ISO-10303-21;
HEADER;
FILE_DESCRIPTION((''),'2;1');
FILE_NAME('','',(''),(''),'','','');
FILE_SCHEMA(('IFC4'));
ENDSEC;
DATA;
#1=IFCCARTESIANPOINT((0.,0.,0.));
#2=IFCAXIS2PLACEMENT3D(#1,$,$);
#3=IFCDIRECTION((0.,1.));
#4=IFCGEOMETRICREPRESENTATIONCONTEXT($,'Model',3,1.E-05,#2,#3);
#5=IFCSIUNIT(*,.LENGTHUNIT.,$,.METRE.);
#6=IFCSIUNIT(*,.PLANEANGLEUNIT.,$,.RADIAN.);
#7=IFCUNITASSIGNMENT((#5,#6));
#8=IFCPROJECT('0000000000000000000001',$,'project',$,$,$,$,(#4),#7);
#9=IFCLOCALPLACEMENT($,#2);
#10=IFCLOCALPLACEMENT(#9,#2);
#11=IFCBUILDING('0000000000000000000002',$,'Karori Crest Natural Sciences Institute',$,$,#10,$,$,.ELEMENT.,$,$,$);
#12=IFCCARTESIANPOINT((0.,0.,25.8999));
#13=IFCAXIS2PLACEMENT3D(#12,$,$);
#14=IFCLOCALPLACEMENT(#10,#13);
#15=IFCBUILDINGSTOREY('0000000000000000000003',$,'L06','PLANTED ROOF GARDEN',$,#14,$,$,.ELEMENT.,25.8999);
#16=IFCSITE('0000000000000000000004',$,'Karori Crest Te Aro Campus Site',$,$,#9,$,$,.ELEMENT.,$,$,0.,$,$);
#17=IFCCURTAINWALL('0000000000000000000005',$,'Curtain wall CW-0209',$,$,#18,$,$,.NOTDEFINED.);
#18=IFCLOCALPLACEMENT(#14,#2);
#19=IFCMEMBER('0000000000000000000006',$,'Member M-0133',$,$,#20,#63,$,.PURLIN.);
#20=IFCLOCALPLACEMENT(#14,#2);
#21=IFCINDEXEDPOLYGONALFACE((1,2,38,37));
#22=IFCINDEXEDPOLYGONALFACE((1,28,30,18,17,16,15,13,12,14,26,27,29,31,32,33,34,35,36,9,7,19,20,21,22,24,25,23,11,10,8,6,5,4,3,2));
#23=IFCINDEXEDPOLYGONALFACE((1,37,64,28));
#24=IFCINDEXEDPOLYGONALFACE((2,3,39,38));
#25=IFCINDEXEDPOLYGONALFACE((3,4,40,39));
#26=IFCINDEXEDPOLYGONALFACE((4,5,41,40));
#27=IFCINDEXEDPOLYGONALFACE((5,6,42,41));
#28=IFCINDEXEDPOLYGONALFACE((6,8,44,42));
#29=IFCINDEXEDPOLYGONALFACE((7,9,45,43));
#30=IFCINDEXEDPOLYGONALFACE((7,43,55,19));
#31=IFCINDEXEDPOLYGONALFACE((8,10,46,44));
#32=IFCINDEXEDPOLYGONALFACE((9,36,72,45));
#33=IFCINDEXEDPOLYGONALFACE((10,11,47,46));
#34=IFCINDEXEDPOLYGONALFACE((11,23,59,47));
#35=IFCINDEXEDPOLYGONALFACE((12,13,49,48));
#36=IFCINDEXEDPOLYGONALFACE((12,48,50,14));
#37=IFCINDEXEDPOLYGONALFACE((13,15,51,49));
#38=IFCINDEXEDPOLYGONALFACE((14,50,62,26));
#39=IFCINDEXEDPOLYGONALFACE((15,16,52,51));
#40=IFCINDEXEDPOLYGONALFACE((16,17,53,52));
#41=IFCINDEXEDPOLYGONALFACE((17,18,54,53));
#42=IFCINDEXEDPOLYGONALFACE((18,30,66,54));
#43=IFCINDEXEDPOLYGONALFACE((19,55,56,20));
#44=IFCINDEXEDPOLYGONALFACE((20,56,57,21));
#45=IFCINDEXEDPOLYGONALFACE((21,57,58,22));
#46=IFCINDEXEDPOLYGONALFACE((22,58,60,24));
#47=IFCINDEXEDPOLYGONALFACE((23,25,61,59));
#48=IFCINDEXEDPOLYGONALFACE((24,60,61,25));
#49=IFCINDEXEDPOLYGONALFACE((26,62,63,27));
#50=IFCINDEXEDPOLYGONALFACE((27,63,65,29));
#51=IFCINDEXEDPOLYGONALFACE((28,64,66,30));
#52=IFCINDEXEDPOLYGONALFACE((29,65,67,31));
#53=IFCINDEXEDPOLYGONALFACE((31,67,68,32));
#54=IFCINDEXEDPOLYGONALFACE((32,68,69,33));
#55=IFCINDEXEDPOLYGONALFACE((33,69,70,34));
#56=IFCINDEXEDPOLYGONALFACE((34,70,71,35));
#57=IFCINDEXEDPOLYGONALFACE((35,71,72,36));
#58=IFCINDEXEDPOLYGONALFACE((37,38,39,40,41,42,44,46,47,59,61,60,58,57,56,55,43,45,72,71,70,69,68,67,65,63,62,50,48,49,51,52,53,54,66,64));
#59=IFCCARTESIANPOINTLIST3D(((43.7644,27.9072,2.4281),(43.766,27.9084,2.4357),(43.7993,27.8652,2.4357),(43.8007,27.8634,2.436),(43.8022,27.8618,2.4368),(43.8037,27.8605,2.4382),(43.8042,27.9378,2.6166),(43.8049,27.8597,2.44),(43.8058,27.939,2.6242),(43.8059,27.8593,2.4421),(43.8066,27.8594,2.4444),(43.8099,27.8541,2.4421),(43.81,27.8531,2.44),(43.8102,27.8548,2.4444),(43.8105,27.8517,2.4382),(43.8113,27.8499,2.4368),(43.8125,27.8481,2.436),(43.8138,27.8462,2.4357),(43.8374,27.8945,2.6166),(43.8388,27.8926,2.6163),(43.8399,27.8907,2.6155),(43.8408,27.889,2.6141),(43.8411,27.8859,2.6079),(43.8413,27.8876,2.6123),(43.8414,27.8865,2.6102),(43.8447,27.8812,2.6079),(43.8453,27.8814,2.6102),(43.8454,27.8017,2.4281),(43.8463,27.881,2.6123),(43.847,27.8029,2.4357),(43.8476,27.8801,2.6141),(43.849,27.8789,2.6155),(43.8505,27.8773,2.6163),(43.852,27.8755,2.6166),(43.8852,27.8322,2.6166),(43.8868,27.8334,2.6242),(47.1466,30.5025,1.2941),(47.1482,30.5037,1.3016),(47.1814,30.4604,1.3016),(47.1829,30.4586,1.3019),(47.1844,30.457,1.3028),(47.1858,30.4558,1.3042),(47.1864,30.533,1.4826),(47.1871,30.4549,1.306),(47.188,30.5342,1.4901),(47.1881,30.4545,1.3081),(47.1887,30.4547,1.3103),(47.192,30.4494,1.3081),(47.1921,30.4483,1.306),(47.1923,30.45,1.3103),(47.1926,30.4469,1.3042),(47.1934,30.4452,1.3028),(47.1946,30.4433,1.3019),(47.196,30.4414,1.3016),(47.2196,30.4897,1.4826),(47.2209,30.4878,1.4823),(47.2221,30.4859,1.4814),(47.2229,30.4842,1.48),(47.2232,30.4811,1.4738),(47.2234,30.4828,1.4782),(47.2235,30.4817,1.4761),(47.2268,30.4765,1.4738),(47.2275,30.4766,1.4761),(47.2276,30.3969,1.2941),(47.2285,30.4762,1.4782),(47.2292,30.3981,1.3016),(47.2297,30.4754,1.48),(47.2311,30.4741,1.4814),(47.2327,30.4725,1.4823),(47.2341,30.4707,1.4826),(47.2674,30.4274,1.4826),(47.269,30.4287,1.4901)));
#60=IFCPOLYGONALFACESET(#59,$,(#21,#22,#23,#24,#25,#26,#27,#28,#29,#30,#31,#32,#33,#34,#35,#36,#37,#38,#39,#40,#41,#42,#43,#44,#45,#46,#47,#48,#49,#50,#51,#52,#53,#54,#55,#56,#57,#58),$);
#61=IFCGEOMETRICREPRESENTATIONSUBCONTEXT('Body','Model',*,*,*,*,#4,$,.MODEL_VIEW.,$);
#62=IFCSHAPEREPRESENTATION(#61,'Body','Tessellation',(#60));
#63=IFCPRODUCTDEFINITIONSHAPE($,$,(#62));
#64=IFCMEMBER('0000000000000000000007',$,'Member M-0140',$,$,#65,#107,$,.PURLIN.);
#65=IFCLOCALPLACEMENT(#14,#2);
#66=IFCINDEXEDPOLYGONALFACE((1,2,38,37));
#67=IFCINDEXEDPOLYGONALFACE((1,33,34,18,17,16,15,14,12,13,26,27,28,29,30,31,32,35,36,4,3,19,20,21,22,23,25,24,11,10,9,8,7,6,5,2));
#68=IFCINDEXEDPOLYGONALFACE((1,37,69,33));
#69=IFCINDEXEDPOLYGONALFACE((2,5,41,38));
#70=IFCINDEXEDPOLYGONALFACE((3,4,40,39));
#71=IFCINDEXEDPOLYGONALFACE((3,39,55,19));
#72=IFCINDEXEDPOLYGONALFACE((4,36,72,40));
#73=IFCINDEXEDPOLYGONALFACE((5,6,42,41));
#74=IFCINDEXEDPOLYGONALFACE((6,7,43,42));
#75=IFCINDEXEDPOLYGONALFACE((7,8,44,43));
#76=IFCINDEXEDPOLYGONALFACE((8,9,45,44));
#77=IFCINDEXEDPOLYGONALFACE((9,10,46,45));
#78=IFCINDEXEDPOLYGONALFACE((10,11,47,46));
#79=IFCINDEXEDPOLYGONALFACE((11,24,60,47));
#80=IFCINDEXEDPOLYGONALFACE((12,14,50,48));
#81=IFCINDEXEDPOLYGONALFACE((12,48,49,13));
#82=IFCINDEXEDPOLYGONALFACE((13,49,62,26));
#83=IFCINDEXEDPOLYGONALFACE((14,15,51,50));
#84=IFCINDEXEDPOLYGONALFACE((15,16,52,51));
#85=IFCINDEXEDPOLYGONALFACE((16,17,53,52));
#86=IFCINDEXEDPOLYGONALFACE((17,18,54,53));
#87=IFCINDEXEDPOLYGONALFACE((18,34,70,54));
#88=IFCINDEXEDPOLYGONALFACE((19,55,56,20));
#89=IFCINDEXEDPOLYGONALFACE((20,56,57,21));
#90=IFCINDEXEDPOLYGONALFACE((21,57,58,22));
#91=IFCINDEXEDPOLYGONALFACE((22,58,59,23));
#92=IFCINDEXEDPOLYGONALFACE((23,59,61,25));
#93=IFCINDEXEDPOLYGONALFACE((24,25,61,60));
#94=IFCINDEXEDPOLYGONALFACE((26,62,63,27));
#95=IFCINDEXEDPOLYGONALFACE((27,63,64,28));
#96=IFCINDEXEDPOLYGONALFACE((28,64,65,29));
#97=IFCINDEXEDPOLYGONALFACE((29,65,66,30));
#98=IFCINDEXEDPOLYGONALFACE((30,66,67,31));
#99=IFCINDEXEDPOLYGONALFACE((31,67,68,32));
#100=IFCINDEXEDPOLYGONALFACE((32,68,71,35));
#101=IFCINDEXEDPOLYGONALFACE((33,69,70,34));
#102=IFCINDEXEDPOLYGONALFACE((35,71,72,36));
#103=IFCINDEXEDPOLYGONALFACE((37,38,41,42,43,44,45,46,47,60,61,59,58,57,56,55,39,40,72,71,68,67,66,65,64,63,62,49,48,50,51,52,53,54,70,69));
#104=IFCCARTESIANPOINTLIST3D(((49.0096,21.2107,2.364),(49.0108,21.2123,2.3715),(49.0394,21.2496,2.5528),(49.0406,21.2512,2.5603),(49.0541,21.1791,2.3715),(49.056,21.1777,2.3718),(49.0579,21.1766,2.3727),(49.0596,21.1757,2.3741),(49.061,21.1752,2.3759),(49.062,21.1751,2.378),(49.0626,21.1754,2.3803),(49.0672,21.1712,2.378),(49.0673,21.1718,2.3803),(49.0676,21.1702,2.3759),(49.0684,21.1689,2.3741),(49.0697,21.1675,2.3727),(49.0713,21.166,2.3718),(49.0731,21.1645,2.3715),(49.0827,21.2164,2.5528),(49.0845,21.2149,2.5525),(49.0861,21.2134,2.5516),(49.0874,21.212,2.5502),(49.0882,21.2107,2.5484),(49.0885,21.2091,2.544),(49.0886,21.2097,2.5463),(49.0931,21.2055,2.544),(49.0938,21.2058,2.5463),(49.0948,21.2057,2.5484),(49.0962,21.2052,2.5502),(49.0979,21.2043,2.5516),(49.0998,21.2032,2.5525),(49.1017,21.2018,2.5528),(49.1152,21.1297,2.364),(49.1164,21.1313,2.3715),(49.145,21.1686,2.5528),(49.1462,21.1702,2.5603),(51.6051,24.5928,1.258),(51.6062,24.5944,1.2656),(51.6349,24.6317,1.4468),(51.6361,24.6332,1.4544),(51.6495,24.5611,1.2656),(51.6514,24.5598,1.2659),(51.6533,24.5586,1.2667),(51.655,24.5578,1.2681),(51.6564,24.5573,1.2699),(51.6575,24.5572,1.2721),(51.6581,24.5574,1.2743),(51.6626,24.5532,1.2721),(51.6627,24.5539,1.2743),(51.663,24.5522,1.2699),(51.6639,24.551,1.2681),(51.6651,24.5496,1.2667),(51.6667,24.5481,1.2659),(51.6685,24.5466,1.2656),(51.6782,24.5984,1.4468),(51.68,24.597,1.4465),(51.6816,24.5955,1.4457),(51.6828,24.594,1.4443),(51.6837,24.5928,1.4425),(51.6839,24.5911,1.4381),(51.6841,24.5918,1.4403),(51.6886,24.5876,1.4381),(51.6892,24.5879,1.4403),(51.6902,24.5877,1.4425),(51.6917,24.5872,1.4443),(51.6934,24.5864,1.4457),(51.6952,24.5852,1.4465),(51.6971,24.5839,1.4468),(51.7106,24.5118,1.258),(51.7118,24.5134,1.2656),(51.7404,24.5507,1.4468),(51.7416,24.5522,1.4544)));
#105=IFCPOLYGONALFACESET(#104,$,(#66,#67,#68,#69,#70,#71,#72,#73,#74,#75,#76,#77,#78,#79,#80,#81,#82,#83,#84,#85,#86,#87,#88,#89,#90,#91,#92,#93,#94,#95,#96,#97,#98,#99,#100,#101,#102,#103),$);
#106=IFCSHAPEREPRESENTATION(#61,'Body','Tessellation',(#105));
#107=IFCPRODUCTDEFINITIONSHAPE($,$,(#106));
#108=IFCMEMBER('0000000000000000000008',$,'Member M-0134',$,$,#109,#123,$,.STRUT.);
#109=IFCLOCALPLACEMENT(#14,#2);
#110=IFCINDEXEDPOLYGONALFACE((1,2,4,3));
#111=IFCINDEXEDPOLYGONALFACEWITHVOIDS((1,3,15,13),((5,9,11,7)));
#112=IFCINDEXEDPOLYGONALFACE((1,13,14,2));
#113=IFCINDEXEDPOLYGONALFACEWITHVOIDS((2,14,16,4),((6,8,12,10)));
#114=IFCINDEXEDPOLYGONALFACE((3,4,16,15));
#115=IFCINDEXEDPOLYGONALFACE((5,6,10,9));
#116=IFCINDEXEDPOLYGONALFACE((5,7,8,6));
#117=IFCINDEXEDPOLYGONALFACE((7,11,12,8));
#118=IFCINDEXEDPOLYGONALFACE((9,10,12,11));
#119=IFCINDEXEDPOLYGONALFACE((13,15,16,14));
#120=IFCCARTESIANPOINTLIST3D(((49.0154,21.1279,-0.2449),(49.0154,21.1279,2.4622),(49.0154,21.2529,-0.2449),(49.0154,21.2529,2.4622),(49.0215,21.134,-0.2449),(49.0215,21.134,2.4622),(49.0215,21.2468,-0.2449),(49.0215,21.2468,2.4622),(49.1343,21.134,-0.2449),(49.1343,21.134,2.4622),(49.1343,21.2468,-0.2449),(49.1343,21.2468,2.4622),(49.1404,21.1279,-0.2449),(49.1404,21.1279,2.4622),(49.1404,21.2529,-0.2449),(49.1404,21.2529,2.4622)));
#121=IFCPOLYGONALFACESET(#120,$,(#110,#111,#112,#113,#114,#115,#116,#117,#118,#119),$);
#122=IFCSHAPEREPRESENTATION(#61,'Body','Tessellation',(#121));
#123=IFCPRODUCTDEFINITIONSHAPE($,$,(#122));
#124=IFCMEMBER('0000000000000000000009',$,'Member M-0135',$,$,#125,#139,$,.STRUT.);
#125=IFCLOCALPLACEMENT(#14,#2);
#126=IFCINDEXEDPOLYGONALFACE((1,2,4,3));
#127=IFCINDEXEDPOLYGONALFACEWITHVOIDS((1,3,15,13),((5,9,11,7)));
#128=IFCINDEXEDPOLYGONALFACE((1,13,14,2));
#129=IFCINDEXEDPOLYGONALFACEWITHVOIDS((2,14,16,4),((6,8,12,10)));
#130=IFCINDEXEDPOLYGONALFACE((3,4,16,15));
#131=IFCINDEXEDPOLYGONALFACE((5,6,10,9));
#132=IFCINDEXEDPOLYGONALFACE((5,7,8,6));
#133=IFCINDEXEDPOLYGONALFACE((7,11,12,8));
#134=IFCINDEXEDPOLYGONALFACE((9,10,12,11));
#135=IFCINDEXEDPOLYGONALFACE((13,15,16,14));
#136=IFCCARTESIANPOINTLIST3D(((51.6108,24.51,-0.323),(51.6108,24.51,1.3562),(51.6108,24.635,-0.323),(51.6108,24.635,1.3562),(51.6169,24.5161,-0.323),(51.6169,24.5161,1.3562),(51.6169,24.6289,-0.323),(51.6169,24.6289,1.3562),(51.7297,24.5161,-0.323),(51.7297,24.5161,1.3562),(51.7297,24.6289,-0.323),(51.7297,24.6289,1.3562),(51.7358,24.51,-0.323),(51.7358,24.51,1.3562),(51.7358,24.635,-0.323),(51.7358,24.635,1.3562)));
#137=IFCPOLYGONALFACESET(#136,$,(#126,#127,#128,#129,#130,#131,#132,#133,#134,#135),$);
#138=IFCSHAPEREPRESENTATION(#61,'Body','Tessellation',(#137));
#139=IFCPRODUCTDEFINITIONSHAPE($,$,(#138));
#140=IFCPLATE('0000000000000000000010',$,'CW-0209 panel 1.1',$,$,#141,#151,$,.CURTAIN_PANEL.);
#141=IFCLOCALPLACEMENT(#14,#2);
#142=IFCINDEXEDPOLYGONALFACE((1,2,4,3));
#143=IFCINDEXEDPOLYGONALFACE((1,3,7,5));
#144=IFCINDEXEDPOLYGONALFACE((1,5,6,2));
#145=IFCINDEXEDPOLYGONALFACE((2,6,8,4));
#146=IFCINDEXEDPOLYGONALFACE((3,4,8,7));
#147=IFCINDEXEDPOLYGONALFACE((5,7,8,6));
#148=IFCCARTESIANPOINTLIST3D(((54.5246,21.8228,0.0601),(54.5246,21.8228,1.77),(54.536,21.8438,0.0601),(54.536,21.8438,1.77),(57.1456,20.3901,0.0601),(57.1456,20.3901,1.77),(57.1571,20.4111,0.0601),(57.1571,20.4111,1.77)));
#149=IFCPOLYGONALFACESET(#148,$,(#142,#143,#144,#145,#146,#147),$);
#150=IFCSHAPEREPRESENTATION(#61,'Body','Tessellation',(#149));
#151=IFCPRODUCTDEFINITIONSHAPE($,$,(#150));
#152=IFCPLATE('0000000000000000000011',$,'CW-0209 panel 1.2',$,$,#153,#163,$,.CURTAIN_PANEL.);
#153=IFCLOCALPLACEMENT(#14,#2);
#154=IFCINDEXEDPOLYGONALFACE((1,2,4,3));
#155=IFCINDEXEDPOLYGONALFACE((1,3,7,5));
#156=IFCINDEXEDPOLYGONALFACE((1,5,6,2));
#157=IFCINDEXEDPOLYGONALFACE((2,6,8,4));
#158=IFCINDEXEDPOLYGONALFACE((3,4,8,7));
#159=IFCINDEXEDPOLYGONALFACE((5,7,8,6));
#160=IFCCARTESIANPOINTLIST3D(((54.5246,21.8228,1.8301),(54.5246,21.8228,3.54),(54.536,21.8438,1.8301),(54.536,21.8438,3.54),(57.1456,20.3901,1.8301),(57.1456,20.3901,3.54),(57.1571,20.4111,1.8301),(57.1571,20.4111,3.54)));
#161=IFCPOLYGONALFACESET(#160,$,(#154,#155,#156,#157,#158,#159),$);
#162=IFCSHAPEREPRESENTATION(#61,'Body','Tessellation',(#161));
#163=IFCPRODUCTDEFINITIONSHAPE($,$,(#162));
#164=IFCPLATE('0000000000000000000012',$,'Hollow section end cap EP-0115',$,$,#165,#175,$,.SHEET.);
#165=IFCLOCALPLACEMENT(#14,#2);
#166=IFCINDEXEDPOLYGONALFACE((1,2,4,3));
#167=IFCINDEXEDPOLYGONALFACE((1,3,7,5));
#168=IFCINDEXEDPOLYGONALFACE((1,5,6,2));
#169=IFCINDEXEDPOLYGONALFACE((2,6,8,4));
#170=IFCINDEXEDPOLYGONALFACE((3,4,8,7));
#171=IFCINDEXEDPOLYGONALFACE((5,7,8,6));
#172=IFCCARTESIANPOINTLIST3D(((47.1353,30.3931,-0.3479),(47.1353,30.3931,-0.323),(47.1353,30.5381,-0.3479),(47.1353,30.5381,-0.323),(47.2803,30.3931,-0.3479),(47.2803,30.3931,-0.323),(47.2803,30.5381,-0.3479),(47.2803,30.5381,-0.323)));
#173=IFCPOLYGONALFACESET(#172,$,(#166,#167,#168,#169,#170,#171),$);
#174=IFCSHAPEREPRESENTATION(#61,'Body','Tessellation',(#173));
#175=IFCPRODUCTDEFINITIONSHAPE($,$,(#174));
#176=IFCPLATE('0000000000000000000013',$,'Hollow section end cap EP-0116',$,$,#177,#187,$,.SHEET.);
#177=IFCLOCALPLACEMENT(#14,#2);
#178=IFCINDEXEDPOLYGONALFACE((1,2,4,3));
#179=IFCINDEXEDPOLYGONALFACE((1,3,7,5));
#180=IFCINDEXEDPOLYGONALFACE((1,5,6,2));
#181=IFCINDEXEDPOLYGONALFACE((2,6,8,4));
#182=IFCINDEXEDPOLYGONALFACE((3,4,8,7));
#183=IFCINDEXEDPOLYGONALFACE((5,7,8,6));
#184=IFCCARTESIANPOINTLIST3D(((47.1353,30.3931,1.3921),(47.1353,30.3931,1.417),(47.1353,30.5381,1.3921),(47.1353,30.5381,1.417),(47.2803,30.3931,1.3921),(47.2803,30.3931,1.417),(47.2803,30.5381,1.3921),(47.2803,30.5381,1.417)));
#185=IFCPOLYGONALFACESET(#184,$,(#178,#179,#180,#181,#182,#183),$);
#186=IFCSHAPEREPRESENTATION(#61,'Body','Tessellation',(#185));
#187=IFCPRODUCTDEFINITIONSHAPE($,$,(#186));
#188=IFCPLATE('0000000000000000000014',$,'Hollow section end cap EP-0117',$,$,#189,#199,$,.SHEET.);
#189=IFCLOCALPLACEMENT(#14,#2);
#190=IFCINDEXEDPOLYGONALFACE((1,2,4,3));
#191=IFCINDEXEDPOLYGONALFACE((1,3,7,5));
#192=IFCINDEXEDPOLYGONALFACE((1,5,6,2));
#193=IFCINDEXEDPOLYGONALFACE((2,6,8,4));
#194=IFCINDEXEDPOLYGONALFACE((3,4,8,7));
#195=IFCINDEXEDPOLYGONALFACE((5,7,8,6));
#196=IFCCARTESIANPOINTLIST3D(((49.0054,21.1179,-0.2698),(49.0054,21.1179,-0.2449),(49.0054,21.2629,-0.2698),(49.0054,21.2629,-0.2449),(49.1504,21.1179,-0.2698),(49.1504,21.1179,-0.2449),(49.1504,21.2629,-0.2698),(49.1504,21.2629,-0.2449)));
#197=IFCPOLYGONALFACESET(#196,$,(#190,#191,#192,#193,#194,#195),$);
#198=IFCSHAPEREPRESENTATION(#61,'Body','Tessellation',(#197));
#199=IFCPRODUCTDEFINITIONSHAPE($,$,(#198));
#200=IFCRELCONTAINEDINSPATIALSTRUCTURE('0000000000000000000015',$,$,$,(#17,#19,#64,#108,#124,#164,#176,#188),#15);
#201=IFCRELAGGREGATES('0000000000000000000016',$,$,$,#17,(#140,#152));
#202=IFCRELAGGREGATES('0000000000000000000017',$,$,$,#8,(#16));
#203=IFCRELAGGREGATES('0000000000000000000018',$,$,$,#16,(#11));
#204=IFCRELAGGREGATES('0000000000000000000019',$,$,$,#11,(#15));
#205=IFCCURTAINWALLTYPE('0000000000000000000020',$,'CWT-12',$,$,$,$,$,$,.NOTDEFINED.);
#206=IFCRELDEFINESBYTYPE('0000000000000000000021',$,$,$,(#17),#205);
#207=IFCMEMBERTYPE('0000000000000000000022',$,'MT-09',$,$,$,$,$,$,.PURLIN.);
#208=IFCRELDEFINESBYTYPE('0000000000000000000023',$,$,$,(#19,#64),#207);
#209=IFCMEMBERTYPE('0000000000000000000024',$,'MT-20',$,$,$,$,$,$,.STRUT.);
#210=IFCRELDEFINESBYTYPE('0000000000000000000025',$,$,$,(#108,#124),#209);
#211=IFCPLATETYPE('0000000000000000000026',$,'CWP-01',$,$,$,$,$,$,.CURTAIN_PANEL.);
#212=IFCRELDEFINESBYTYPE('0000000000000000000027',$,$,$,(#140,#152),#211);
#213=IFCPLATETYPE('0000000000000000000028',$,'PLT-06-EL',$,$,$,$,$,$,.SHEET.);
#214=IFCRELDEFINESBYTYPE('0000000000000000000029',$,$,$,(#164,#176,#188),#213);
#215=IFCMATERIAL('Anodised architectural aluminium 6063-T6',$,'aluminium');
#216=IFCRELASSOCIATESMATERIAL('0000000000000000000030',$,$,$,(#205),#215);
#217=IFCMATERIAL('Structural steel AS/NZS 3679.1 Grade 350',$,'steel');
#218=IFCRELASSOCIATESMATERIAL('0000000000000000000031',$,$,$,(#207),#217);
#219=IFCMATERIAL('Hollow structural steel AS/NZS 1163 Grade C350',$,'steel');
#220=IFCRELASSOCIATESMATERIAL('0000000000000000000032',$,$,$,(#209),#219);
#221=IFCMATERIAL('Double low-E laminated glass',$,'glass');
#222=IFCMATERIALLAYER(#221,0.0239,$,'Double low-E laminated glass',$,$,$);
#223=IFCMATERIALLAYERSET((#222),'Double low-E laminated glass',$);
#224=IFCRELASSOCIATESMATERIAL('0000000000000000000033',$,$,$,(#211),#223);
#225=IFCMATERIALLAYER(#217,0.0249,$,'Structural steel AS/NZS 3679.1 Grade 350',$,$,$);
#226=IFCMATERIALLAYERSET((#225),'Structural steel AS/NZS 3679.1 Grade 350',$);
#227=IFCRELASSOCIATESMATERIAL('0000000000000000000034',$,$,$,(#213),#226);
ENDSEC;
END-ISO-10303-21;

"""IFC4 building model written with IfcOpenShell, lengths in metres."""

from ifc_helpers import new_model, si_unit, direction, frame, origin, origin_2d, place, context, subcontext, project, spatial, rectangle, hollow_rectangle, i_section, extrude, material, layer, layer_set, material_profile, profile_set, type_object, element, aggregate, save


model = new_model("IFC4")

# Units and contexts
model_context = context("Model", 3, precision=1e-05, world=origin(), true_north=direction((0.0, 1.0)))
body_context = subcontext(model_context, "Body", "Model", "MODEL_VIEW")
ifc_project = project(units=[si_unit("LENGTHUNIT", "METRE"), si_unit("PLANEANGLEUNIT", "RADIAN")], contexts=[model_context])

# Site, building, storey
site_placement = place(None, origin())
site = spatial("IfcSite", under=ifc_project, at=site_placement, Name="Karori Crest Te Aro Campus Site", CompositionType="ELEMENT", RefElevation=0.0)
building_placement = place(site_placement, origin())
building = spatial("IfcBuilding", under=site, at=building_placement, Name="Karori Crest Natural Sciences Institute", CompositionType="ELEMENT")
storey_placement = place(building_placement, frame((0.0, 0.0, 25.8999)))
storey = spatial("IfcBuildingStorey", under=building, at=storey_placement, Name="L06", Description="PLANTED ROOF GARDEN", CompositionType="ELEMENT", Elevation=25.8999)

# Shared definitions
ifc_material_1 = material(Name="Structural steel AS/NZS 3679.1 Grade 350", Category="steel")
ifc_material_2 = material(Name="Hollow structural steel AS/NZS 1163 Grade C350", Category="steel")

# Curtain wall
ifc_material_3 = material(Name="Anodised architectural aluminium 6063-T6", Category="aluminium")
curtain_wall_type = type_object("IfcCurtainWallType", Name="CWT-12", PredefinedType="NOTDEFINED", material=ifc_material_3)
curtain_wall_placement = place(storey_placement, origin())
curtain_wall = element("IfcCurtainWall", 1, at=curtain_wall_placement, inside=storey, type_object=curtain_wall_type, Name="Curtain wall CW-0209", PredefinedType="NOTDEFINED")

# Members
ifc_material_profile_1 = material_profile(ifc_material_1, i_section(OverallWidth=0.1331, OverallDepth=0.2029, WebThickness=0.0059, FlangeThickness=0.0078, FilletRadius=0.009, at=origin_2d()), Name="200UB25.4")
ifc_profile_set_1 = profile_set([ifc_material_profile_1], Name="Structural steel AS/NZS 3679.1 Grade 350")
member_type_1 = type_object("IfcMemberType", Name="MT-09", PredefinedType="PURLIN", material=ifc_profile_set_1)
member_1_placement = place(storey_placement, frame((47.2078, 30.4656, 1.3921), z_axis=(-0.766684, -0.58831, 0.257074), x_axis=(0.608769, -0.793347, 0.0)))
element("IfcMember", 2, at=member_1_placement, inside=storey, type_object=member_type_1, Name="Member M-0133", PredefinedType="PURLIN", context=body_context, shape_type="SweptSolid", body=[
    extrude(i_section(OverallWidth=0.1331, OverallDepth=0.2029, WebThickness=0.0059, FlangeThickness=0.0078, FilletRadius=0.009, at=origin_2d()), origin(), (0.0, 0.0, 1.0), 4.4114),
])
member_2_placement = place(storey_placement, frame((51.6733, 24.5725, 1.3562), z_axis=(-0.589299, -0.767901, 0.251107), x_axis=(0.79332, -0.608805, 0.0)))
element("IfcMember", 3, at=member_2_placement, inside=storey, type_object=member_type_1, Name="Member M-0140", PredefinedType="PURLIN", context=body_context, shape_type="SweptSolid", body=[
    extrude(i_section(OverallWidth=0.1331, OverallDepth=0.2029, WebThickness=0.0059, FlangeThickness=0.0078, FilletRadius=0.009, at=origin_2d()), origin(), (0.0, 0.0, 1.0), 4.4043),
])
ifc_material_profile_2 = material_profile(ifc_material_2, hollow_rectangle(XDim=0.125, YDim=0.125, WallThickness=0.0061, at=origin_2d()), Name="SHS125x125x6")
ifc_profile_set_2 = profile_set([ifc_material_profile_2], Name="Hollow structural steel AS/NZS 1163 Grade C350")
member_type_2 = type_object("IfcMemberType", Name="MT-20", PredefinedType="STRUT", material=ifc_profile_set_2)
member_3_placement = place(storey_placement, frame((49.0779, 21.1904, -0.2449), z_axis=(0.0, 0.0, 1.0), x_axis=(1.0, 0.0, 0.0)))
element("IfcMember", 4, at=member_3_placement, inside=storey, type_object=member_type_2, Name="Member M-0134", PredefinedType="STRUT", context=body_context, shape_type="SweptSolid", body=[
    extrude(hollow_rectangle(XDim=0.125, YDim=0.125, WallThickness=0.0061, at=origin_2d()), origin(), (0.0, 0.0, 1.0), 2.707),
])
member_4_placement = place(storey_placement, frame((51.6733, 24.5725, -0.323), z_axis=(0.0, 0.0, 1.0), x_axis=(1.0, 0.0, 0.0)))
element("IfcMember", 5, at=member_4_placement, inside=storey, type_object=member_type_2, Name="Member M-0135", PredefinedType="STRUT", context=body_context, shape_type="SweptSolid", body=[
    extrude(hollow_rectangle(XDim=0.125, YDim=0.125, WallThickness=0.0061, at=origin_2d()), origin(), (0.0, 0.0, 1.0), 1.6792),
])

# Plates
ifc_material_4 = material(Name="Double low-E laminated glass", Category="glass")
ifc_layer_1 = layer(ifc_material_4, 0.0239, Name="Double low-E laminated glass")
ifc_layer_set_1 = layer_set([ifc_layer_1], Name="Double low-E laminated glass")
plate_type_1 = type_object("IfcPlateType", Name="CWP-01", PredefinedType="CURTAIN_PANEL", material=ifc_layer_set_1)
plate_1_placement = place(storey_placement, frame((55.8408, 21.1169, 0.0601), z_axis=(0.0, 0.0, 1.0), x_axis=(0.87747, -0.479631, 0.0)))
plate_1 = element("IfcPlate", 6, at=plate_1_placement, type_object=plate_type_1, Name="CW-0209 panel 1.1", PredefinedType="CURTAIN_PANEL", context=body_context, shape_type="SweptSolid", body=[
    extrude(rectangle(XDim=2.9871, YDim=0.0239, at=origin_2d()), origin(), (0.0, 0.0, 1.0), 1.71),
])
plate_2_placement = place(storey_placement, frame((55.8408, 21.1169, 1.8301), z_axis=(0.0, 0.0, 1.0), x_axis=(0.87747, -0.479631, 0.0)))
plate_2 = element("IfcPlate", 7, at=plate_2_placement, type_object=plate_type_1, Name="CW-0209 panel 1.2", PredefinedType="CURTAIN_PANEL", context=body_context, shape_type="SweptSolid", body=[
    extrude(rectangle(XDim=2.9871, YDim=0.0239, at=origin_2d()), origin(), (0.0, 0.0, 1.0), 1.71),
])
aggregate(curtain_wall, [plate_1, plate_2])

# Plates
ifc_layer_2 = layer(ifc_material_1, 0.0249, Name="Structural steel AS/NZS 3679.1 Grade 350")
ifc_layer_set_2 = layer_set([ifc_layer_2], Name="Structural steel AS/NZS 3679.1 Grade 350")
plate_type_2 = type_object("IfcPlateType", Name="PLT-06-EL", PredefinedType="SHEET", material=ifc_layer_set_2)
for number, where, z_axis, x_axis, name in (
    (8, (47.2078, 30.4656, -0.3479), (0.0, 0.0, 1.0), (1.0, 0.0, 0.0), "Hollow section end cap EP-0115"),
    (9, (47.2078, 30.4656, 1.3921), (0.0, 0.0, 1.0), (1.0, 0.0, 0.0), "Hollow section end cap EP-0116"),
    (10, (49.0779, 21.1904, -0.2698), (0.0, 0.0, 1.0), (1.0, 0.0, 0.0), "Hollow section end cap EP-0117"),
):
    element("IfcPlate", number, at=place(storey_placement, frame(where, z_axis=z_axis, x_axis=x_axis)), inside=storey, type_object=plate_type_2, Name=name, PredefinedType="SHEET", context=body_context, shape_type="SweptSolid", body=[
        extrude(rectangle(XDim=0.145, YDim=0.145, at=origin_2d()), origin(), (0.0, 0.0, 1.0), 0.0249),
    ])

save(model, "model.ifc")
